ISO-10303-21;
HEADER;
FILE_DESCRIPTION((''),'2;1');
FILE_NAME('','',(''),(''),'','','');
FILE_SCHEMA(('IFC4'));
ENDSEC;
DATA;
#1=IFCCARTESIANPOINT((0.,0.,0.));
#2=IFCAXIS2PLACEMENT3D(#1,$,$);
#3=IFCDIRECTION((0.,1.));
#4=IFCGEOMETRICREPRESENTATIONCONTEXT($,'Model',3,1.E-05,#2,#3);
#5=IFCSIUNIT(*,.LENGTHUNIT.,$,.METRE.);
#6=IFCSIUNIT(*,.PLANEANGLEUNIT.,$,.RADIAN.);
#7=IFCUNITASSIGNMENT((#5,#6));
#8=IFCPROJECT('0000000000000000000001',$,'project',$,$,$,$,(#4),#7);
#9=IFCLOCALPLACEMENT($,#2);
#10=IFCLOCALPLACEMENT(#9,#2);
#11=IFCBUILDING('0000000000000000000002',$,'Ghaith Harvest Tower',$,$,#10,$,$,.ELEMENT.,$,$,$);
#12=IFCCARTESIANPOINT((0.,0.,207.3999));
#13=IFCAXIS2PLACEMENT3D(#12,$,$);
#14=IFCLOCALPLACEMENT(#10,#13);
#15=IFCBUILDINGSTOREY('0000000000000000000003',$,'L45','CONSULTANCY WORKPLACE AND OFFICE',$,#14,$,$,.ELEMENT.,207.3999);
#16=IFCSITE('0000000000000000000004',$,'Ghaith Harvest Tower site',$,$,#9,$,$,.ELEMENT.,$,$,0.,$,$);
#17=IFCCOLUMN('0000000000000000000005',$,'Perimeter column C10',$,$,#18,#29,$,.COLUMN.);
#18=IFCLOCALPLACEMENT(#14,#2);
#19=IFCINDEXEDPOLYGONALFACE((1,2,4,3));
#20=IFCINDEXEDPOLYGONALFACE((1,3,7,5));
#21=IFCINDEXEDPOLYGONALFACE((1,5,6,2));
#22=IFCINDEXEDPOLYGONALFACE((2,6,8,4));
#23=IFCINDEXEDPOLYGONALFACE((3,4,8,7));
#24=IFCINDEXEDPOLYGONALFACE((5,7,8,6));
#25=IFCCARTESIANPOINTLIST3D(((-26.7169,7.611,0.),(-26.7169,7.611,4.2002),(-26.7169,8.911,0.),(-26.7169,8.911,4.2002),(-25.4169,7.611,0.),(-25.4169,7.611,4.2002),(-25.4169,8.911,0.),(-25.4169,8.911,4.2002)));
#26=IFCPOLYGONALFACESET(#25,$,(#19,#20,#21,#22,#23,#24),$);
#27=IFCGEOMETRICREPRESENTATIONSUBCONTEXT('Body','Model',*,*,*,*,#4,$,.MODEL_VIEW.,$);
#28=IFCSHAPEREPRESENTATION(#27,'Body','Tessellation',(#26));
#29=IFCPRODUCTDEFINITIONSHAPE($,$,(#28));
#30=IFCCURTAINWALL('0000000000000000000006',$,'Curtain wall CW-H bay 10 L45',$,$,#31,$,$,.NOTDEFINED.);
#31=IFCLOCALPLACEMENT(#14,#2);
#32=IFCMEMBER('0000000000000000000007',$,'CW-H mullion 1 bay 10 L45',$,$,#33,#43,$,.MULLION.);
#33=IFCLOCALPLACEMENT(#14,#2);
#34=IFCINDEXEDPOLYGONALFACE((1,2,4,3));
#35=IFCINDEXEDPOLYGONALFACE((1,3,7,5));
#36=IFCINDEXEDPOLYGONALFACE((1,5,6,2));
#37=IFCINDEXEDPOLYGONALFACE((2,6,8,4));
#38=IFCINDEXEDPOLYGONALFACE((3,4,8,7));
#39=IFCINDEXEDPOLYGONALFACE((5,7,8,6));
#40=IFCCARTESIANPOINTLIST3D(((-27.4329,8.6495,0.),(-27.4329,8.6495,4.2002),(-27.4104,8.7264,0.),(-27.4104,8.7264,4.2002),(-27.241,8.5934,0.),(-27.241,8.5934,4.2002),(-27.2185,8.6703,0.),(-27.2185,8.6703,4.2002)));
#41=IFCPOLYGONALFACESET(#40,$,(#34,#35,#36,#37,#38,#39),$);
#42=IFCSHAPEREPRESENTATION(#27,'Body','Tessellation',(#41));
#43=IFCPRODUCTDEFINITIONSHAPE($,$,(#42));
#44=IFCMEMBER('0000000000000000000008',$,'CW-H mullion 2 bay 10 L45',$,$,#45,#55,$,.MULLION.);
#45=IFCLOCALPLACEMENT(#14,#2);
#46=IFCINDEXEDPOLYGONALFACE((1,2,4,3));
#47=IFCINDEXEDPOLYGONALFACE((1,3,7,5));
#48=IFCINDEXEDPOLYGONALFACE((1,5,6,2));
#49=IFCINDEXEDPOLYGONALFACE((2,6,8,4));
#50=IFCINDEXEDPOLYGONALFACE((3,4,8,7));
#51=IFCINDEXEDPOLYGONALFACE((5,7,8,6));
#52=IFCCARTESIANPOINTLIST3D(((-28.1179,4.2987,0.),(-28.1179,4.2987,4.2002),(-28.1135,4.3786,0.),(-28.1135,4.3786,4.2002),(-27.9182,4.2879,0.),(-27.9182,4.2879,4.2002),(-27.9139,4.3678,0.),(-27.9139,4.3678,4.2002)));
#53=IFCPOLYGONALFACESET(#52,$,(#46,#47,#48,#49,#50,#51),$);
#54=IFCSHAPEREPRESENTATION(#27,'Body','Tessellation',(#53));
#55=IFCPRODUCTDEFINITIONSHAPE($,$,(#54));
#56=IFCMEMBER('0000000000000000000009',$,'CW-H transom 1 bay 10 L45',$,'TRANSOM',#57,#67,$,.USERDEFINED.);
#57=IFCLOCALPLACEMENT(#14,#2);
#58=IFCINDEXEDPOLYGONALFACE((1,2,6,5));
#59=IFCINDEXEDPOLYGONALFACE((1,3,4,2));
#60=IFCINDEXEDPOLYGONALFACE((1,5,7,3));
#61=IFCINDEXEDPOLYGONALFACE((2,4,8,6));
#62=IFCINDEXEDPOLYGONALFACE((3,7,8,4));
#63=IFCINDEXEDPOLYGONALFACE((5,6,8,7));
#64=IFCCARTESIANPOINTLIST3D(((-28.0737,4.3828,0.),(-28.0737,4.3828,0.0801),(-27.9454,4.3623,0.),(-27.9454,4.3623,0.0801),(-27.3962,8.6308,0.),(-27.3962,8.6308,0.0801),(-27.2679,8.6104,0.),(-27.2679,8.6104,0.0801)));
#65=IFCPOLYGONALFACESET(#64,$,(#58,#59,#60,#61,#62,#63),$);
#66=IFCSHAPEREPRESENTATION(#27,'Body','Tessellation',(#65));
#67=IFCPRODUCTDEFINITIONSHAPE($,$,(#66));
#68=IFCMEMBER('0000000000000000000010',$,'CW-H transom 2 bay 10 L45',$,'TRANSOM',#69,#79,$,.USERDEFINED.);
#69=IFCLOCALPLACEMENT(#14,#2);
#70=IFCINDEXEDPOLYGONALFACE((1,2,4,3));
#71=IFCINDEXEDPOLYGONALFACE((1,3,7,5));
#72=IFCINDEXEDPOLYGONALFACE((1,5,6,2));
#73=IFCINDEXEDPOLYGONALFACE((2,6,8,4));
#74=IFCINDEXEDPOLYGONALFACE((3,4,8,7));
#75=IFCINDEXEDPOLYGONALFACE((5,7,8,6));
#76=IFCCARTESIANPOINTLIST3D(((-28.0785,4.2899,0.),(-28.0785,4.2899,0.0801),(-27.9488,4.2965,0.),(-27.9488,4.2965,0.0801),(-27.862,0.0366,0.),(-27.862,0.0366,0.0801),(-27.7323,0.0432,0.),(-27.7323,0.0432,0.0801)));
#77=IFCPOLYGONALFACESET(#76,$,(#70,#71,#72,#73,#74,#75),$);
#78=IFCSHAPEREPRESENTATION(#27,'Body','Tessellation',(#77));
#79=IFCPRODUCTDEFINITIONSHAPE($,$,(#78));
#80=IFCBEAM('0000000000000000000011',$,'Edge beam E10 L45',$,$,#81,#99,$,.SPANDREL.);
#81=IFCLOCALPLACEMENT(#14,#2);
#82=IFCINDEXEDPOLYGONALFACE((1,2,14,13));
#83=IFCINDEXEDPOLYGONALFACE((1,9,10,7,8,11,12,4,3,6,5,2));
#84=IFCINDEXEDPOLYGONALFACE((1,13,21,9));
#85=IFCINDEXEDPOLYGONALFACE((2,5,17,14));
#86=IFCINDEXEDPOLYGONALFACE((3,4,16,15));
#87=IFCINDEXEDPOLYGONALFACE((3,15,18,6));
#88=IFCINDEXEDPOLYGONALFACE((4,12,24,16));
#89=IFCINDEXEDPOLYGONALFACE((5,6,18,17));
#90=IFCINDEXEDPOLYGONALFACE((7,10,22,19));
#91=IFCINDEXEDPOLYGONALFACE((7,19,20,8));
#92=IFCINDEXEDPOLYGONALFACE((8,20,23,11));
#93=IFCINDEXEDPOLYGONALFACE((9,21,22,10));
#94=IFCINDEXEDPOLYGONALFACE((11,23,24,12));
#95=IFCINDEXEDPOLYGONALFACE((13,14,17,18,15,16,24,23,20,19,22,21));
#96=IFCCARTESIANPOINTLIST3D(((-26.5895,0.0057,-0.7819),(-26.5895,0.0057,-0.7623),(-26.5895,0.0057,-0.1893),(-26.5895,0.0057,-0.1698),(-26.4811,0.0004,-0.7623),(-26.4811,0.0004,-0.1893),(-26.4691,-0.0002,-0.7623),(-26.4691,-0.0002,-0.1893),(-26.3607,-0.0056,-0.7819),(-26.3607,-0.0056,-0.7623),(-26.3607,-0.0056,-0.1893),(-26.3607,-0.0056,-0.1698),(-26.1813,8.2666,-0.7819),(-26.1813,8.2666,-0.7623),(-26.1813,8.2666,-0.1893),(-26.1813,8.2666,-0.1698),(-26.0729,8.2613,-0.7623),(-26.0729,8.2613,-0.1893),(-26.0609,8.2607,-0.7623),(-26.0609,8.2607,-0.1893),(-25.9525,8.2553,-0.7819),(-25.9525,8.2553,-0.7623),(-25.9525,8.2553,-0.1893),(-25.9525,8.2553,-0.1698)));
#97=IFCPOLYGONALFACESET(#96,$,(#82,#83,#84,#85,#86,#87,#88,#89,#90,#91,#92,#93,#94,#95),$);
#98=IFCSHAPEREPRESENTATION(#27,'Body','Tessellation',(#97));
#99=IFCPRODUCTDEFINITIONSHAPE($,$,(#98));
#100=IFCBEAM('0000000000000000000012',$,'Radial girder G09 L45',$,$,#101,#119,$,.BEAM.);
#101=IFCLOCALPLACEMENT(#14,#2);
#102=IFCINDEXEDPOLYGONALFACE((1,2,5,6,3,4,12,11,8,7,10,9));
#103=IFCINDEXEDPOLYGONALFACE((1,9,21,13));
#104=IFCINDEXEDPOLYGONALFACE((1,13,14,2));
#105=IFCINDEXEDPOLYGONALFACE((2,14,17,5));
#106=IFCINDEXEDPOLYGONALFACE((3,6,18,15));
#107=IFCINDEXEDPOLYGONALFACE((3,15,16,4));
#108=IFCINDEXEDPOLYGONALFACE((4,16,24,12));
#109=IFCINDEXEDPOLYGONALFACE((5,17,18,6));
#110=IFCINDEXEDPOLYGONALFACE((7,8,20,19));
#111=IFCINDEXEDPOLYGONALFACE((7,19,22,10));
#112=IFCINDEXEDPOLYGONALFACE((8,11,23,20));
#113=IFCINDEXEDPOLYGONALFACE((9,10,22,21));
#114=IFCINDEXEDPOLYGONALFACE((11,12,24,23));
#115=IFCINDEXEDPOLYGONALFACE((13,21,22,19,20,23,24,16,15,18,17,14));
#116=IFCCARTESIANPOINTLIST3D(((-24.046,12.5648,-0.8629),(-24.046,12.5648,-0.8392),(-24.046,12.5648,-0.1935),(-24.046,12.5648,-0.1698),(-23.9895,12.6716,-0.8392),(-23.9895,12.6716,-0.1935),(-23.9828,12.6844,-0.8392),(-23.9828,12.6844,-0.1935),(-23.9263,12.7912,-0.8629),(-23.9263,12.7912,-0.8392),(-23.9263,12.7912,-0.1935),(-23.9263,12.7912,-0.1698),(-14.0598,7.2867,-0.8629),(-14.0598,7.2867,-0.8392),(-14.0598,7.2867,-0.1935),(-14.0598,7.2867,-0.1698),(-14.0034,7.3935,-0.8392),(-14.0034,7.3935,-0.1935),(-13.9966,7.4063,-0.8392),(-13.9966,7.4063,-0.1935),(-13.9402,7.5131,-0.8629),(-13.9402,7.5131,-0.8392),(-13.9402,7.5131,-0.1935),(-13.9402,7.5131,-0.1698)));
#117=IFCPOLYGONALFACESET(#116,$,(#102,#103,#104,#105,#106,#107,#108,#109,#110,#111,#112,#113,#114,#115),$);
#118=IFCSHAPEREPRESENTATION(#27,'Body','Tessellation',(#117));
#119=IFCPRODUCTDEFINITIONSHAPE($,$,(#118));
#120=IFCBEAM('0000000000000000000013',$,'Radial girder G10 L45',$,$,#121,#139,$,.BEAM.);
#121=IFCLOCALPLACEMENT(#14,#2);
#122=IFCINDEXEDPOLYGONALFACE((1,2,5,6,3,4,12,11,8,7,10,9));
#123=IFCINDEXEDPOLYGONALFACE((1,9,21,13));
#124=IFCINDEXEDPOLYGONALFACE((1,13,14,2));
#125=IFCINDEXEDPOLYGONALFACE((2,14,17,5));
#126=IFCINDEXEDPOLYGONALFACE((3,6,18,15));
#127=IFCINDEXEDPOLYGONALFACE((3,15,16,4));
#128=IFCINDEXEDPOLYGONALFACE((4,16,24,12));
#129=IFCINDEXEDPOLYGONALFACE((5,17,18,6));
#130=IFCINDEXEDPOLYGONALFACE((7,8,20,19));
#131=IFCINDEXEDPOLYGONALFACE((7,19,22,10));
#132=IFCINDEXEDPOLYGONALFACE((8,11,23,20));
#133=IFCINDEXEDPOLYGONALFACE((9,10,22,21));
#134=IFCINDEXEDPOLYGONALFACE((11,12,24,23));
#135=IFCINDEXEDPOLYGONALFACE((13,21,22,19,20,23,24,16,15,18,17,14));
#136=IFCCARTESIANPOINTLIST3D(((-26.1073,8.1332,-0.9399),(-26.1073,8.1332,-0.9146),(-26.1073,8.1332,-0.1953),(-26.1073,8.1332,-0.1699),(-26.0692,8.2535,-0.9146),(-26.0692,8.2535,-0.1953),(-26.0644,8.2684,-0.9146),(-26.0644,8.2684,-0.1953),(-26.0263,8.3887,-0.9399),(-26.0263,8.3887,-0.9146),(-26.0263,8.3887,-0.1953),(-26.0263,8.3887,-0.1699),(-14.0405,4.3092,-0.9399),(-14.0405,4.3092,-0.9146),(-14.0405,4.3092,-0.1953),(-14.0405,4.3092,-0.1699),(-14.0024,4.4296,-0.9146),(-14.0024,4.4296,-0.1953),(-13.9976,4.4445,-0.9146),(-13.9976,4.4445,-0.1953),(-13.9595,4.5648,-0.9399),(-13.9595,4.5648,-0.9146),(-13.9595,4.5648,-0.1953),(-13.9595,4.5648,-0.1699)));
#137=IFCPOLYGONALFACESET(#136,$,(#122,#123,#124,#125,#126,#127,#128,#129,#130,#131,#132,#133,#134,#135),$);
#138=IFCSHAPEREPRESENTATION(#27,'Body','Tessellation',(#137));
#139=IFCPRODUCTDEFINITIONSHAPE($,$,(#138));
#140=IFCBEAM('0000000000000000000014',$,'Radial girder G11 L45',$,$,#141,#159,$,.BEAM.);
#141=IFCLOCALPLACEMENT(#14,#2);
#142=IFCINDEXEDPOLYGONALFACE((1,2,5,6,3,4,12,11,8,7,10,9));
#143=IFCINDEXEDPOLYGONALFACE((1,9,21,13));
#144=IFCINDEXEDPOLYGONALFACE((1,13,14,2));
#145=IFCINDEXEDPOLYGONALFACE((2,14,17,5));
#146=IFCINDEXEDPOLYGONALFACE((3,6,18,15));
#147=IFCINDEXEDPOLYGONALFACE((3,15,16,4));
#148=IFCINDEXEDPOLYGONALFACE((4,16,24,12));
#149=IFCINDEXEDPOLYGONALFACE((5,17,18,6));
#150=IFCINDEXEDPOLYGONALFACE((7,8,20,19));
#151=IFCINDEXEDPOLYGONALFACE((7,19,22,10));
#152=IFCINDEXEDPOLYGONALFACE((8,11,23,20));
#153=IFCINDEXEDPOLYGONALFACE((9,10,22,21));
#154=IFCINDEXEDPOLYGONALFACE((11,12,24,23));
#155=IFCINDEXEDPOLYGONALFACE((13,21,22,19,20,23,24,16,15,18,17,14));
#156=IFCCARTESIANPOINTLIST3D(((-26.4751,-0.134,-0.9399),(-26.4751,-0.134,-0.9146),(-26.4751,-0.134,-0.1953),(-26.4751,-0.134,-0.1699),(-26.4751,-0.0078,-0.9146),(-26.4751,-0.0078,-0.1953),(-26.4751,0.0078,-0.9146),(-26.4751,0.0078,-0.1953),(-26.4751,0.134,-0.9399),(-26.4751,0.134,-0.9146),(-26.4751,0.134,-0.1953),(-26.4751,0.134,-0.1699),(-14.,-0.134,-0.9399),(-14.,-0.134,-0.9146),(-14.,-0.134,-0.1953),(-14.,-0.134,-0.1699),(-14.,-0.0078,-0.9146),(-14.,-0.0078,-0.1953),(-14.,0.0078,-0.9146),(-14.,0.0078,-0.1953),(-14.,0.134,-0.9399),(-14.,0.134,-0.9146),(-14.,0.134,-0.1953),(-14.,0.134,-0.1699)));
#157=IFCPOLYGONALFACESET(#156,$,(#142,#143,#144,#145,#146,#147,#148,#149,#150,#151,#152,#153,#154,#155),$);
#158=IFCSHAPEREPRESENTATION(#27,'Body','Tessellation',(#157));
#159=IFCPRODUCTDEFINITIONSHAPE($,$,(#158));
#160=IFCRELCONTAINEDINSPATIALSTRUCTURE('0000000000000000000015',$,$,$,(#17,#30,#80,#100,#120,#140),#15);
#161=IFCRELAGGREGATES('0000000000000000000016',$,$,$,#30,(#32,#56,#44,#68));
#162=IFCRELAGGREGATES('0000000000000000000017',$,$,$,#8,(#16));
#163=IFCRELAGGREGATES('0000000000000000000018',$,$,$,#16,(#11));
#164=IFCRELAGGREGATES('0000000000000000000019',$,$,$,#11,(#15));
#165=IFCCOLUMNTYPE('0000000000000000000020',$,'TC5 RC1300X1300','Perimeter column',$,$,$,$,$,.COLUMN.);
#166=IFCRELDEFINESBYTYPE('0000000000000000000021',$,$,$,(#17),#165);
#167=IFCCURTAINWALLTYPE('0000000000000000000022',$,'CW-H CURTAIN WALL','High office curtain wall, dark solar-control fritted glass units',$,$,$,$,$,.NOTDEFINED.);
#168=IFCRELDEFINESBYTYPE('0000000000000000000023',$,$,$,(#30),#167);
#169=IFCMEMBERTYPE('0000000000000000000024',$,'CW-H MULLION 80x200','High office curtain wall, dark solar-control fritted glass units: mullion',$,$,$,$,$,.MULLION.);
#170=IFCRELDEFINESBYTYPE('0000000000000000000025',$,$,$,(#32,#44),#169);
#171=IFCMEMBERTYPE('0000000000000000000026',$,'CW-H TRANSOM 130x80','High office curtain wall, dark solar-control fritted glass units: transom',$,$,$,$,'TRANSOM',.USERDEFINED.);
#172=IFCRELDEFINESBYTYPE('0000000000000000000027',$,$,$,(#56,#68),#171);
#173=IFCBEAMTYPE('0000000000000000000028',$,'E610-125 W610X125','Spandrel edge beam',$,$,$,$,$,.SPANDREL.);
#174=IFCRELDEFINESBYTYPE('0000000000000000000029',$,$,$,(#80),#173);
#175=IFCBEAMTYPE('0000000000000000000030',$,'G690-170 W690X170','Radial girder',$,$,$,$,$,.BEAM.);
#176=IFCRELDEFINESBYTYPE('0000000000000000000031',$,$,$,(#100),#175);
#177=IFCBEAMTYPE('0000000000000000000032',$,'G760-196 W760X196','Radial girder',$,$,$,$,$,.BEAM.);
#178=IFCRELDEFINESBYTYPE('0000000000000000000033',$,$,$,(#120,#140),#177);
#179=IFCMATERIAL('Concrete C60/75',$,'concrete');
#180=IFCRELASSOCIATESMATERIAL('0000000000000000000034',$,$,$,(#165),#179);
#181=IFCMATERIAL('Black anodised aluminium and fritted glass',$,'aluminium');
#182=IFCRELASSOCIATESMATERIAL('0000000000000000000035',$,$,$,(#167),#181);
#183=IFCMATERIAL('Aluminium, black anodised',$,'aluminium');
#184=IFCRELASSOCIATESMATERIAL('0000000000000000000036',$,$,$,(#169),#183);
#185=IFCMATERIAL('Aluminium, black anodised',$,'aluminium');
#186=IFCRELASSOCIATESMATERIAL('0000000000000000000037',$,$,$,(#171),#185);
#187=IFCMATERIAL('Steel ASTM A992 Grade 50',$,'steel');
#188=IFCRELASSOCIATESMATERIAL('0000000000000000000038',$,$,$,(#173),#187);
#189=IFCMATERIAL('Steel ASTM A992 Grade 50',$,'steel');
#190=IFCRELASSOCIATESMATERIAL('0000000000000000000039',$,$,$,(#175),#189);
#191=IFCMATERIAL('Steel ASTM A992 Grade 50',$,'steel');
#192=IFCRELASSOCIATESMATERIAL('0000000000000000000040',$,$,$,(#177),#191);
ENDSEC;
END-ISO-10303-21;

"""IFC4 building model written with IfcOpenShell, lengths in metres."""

from ifc_helpers import new_model, si_unit, direction, frame, origin, origin_2d, place, context, subcontext, project, spatial, rectangle, i_section, extrude, material, material_profile, profile_set, type_object, element, aggregate, save


model = new_model("IFC4")

# Units and contexts
model_context = context("Model", 3, precision=1e-05, world=origin(), true_north=direction((0.0, 1.0)))
body_context = subcontext(model_context, "Body", "Model", "MODEL_VIEW")
ifc_project = project(units=[si_unit("LENGTHUNIT", "METRE"), si_unit("PLANEANGLEUNIT", "RADIAN")], contexts=[model_context])

# Site, building, storey
site_placement = place(None, origin())
site = spatial("IfcSite", under=ifc_project, at=site_placement, Name="Ghaith Harvest Tower site", CompositionType="ELEMENT", RefElevation=0.0)
building_placement = place(site_placement, origin())
building = spatial("IfcBuilding", under=site, at=building_placement, Name="Ghaith Harvest Tower", CompositionType="ELEMENT")
storey_placement = place(building_placement, frame((0.0, 0.0, 207.3999)))
storey = spatial("IfcBuildingStorey", under=building, at=storey_placement, Name="L45", Description="CONSULTANCY WORKPLACE AND OFFICE", CompositionType="ELEMENT", Elevation=207.3999)

# Column
ifc_material_1 = material(Name="Concrete C60/75", Category="concrete")
ifc_material_profile_1 = material_profile(ifc_material_1, rectangle(XDim=1.3, YDim=1.3, at=origin_2d()), Name="RC1300X1300")
ifc_profile_set_1 = profile_set([ifc_material_profile_1], Name="Concrete C60/75")
column_type = type_object("IfcColumnType", Name="TC5 RC1300X1300", Description="Perimeter column", PredefinedType="COLUMN", material=ifc_profile_set_1)
column_placement = place(storey_placement, frame((-26.0669, 8.261, 0.0), z_axis=(0.0, 0.0, 1.0), x_axis=(1.0, 0.0, 0.0)))
element("IfcColumn", 1, at=column_placement, inside=storey, type_object=column_type, Name="Perimeter column C10", PredefinedType="COLUMN", context=body_context, shape_type="SweptSolid", body=[
    extrude(rectangle(XDim=1.3, YDim=1.3, at=origin_2d()), origin(), (0.0, 0.0, 1.0), 4.2002),
])

# Curtain wall, members
ifc_material_2 = material(Name="Black anodised aluminium and fritted glass", Category="aluminium")
curtain_wall_type = type_object("IfcCurtainWallType", Name="CW-H CURTAIN WALL", Description="High office curtain wall, dark solar-control fritted glass units", PredefinedType="NOTDEFINED", material=ifc_material_2)
curtain_wall_placement = place(storey_placement, origin())
curtain_wall = element("IfcCurtainWall", 2, at=curtain_wall_placement, inside=storey, type_object=curtain_wall_type, Name="Curtain wall CW-H bay 10 L45", PredefinedType="NOTDEFINED")
ifc_material_3 = material(Name="Aluminium, black anodised", Category="aluminium")
ifc_material_profile_2 = material_profile(ifc_material_3, rectangle(XDim=0.0801, YDim=0.2, at=origin_2d()), Name="CW-H MULLION 80x200")
ifc_profile_set_2 = profile_set([ifc_material_profile_2], Name="Aluminium, black anodised")
member_type_1 = type_object("IfcMemberType", Name="CW-H MULLION 80x200", Description="High office curtain wall, dark solar-control fritted glass units: mullion", PredefinedType="MULLION", material=ifc_profile_set_2)
member_1_placement = place(storey_placement, frame((-27.3257, 8.6599, 0.0), z_axis=(0.0, 0.0, 1.0), x_axis=(-0.28052, -0.959848, 0.0)))
member_1 = element("IfcMember", 3, at=member_1_placement, type_object=member_type_1, Name="CW-H mullion 1 bay 10 L45", PredefinedType="MULLION", context=body_context, shape_type="SweptSolid", body=[
    extrude(rectangle(XDim=0.0801, YDim=0.2, at=origin_2d()), origin(), (0.0, 0.0, 1.0), 4.2002),
])
member_2_placement = place(storey_placement, frame((-28.0159, 4.3333, 0.0), z_axis=(0.0, 0.0, 1.0), x_axis=(-0.054116, -0.998535, 0.0)))
member_2 = element("IfcMember", 4, at=member_2_placement, type_object=member_type_1, Name="CW-H mullion 2 bay 10 L45", PredefinedType="MULLION", context=body_context, shape_type="SweptSolid", body=[
    extrude(rectangle(XDim=0.0801, YDim=0.2, at=origin_2d()), origin(), (0.0, 0.0, 1.0), 4.2002),
])
ifc_material_4 = material(Name="Aluminium, black anodised", Category="aluminium")
ifc_material_profile_3 = material_profile(ifc_material_4, rectangle(XDim=0.1299, YDim=0.0801, at=origin_2d()), Name="CW-H TRANSOM 130x80")
ifc_profile_set_3 = profile_set([ifc_material_profile_3], Name="Aluminium, black anodised")
member_type_2 = type_object("IfcMemberType", Name="CW-H TRANSOM 130x80", Description="High office curtain wall, dark solar-control fritted glass units: transom", ElementType="TRANSOM", PredefinedType="USERDEFINED", material=ifc_profile_set_3)
member_3_placement = place(storey_placement, frame((-27.332, 8.6206, 0.04), z_axis=(-0.157492, -0.98752, 0.0), x_axis=(0.98752, -0.157492, 0.0)))
member_3 = element("IfcMember", 5, at=member_3_placement, type_object=member_type_2, Name="CW-H transom 1 bay 10 L45", ObjectType="TRANSOM", PredefinedType="USERDEFINED", context=body_context, shape_type="SweptSolid", body=[
    extrude(rectangle(XDim=0.1299, YDim=0.0801, at=origin_2d()), origin(), (0.0, 0.0, 1.0), 4.3018),
])
member_4_placement = place(storey_placement, frame((-28.0137, 4.2932, 0.04), z_axis=(0.05085, -0.998706, 0.0), x_axis=(0.998706, 0.05085, 0.0)))
member_4 = element("IfcMember", 6, at=member_4_placement, type_object=member_type_2, Name="CW-H transom 2 bay 10 L45", ObjectType="TRANSOM", PredefinedType="USERDEFINED", context=body_context, shape_type="SweptSolid", body=[
    extrude(rectangle(XDim=0.1299, YDim=0.0801, at=origin_2d()), origin(), (0.0, 0.0, 1.0), 4.2588),
])

# Beams
ifc_material_5 = material(Name="Steel ASTM A992 Grade 50", Category="steel")
ifc_material_profile_4 = material_profile(ifc_material_5, i_section(OverallWidth=0.229, OverallDepth=0.6121, WebThickness=0.012, FlangeThickness=0.0195, at=origin_2d()), Name="W610X125")
ifc_profile_set_4 = profile_set([ifc_material_profile_4], Name="Steel ASTM A992 Grade 50")
beam_type_1 = type_object("IfcBeamType", Name="E610-125 W610X125", Description="Spandrel edge beam", PredefinedType="SPANDREL", material=ifc_profile_set_4)
beam_1_placement = place(storey_placement, frame((-26.0669, 8.261, -0.4758), z_axis=(-0.049353, -0.998781, 0.0), x_axis=(0.998781, -0.049353, 0.0)))
element("IfcBeam", 7, at=beam_1_placement, inside=storey, type_object=beam_type_1, Name="Edge beam E10 L45", PredefinedType="SPANDREL", context=body_context, shape_type="SweptSolid", body=[
    extrude(i_section(OverallWidth=0.229, OverallDepth=0.6121, WebThickness=0.012, FlangeThickness=0.0195, at=origin_2d()), origin(), (0.0, 0.0, 1.0), 8.271),
])
ifc_material_6 = material(Name="Steel ASTM A992 Grade 50", Category="steel")
ifc_material_profile_5 = material_profile(ifc_material_6, i_section(OverallWidth=0.2561, OverallDepth=0.6931, WebThickness=0.0144, FlangeThickness=0.0237, at=origin_2d()), Name="W690X170")
ifc_profile_set_5 = profile_set([ifc_material_profile_5], Name="Steel ASTM A992 Grade 50")
beam_type_2 = type_object("IfcBeamType", Name="G690-170 W690X170", Description="Radial girder", PredefinedType="BEAM", material=ifc_profile_set_5)
beam_2_placement = place(storey_placement, frame((-14.0, 7.3999, -0.5164), z_axis=(-0.884105, 0.467288, 0.0), x_axis=(-0.467288, -0.884105, 0.0)))
element("IfcBeam", 8, at=beam_2_placement, inside=storey, type_object=beam_type_2, Name="Radial girder G09 L45", PredefinedType="BEAM", context=body_context, shape_type="SweptSolid", body=[
    extrude(i_section(OverallWidth=0.2561, OverallDepth=0.6931, WebThickness=0.0144, FlangeThickness=0.0237, at=origin_2d()), origin(), (0.0, 0.0, 1.0), 11.2952),
])
ifc_material_7 = material(Name="Steel ASTM A992 Grade 50", Category="steel")
ifc_material_profile_6 = material_profile(ifc_material_7, i_section(OverallWidth=0.2681, OverallDepth=0.77, WebThickness=0.0156, FlangeThickness=0.0254, at=origin_2d()), Name="W760X196")
ifc_profile_set_6 = profile_set([ifc_material_profile_6], Name="Steel ASTM A992 Grade 50")
beam_type_3 = type_object("IfcBeamType", Name="G760-196 W760X196", Description="Radial girder", PredefinedType="BEAM", material=ifc_profile_set_6)
beam_3_placement = place(storey_placement, frame((-14.0, 4.437, -0.5549), z_axis=(-0.953279, 0.302092, 0.0), x_axis=(-0.302092, -0.953279, 0.0)))
element("IfcBeam", 9, at=beam_3_placement, inside=storey, type_object=beam_type_3, Name="Radial girder G10 L45", PredefinedType="BEAM", context=body_context, shape_type="SweptSolid", body=[
    extrude(i_section(OverallWidth=0.2681, OverallDepth=0.77, WebThickness=0.0156, FlangeThickness=0.0254, at=origin_2d()), origin(), (0.0, 0.0, 1.0), 12.6582),
])
beam_4_placement = place(storey_placement, frame((-14.0, 0.0, -0.5549), z_axis=(-1.0, 0.0, 0.0), x_axis=(0.0, -1.0, 0.0)))
element("IfcBeam", 10, at=beam_4_placement, inside=storey, type_object=beam_type_3, Name="Radial girder G11 L45", PredefinedType="BEAM", context=body_context, shape_type="SweptSolid", body=[
    extrude(i_section(OverallWidth=0.2681, OverallDepth=0.77, WebThickness=0.0156, FlangeThickness=0.0254, at=origin_2d()), origin(), (0.0, 0.0, 1.0), 12.4751),
])

aggregate(curtain_wall, [member_1, member_3, member_2, member_4])

save(model, "model.ifc")
